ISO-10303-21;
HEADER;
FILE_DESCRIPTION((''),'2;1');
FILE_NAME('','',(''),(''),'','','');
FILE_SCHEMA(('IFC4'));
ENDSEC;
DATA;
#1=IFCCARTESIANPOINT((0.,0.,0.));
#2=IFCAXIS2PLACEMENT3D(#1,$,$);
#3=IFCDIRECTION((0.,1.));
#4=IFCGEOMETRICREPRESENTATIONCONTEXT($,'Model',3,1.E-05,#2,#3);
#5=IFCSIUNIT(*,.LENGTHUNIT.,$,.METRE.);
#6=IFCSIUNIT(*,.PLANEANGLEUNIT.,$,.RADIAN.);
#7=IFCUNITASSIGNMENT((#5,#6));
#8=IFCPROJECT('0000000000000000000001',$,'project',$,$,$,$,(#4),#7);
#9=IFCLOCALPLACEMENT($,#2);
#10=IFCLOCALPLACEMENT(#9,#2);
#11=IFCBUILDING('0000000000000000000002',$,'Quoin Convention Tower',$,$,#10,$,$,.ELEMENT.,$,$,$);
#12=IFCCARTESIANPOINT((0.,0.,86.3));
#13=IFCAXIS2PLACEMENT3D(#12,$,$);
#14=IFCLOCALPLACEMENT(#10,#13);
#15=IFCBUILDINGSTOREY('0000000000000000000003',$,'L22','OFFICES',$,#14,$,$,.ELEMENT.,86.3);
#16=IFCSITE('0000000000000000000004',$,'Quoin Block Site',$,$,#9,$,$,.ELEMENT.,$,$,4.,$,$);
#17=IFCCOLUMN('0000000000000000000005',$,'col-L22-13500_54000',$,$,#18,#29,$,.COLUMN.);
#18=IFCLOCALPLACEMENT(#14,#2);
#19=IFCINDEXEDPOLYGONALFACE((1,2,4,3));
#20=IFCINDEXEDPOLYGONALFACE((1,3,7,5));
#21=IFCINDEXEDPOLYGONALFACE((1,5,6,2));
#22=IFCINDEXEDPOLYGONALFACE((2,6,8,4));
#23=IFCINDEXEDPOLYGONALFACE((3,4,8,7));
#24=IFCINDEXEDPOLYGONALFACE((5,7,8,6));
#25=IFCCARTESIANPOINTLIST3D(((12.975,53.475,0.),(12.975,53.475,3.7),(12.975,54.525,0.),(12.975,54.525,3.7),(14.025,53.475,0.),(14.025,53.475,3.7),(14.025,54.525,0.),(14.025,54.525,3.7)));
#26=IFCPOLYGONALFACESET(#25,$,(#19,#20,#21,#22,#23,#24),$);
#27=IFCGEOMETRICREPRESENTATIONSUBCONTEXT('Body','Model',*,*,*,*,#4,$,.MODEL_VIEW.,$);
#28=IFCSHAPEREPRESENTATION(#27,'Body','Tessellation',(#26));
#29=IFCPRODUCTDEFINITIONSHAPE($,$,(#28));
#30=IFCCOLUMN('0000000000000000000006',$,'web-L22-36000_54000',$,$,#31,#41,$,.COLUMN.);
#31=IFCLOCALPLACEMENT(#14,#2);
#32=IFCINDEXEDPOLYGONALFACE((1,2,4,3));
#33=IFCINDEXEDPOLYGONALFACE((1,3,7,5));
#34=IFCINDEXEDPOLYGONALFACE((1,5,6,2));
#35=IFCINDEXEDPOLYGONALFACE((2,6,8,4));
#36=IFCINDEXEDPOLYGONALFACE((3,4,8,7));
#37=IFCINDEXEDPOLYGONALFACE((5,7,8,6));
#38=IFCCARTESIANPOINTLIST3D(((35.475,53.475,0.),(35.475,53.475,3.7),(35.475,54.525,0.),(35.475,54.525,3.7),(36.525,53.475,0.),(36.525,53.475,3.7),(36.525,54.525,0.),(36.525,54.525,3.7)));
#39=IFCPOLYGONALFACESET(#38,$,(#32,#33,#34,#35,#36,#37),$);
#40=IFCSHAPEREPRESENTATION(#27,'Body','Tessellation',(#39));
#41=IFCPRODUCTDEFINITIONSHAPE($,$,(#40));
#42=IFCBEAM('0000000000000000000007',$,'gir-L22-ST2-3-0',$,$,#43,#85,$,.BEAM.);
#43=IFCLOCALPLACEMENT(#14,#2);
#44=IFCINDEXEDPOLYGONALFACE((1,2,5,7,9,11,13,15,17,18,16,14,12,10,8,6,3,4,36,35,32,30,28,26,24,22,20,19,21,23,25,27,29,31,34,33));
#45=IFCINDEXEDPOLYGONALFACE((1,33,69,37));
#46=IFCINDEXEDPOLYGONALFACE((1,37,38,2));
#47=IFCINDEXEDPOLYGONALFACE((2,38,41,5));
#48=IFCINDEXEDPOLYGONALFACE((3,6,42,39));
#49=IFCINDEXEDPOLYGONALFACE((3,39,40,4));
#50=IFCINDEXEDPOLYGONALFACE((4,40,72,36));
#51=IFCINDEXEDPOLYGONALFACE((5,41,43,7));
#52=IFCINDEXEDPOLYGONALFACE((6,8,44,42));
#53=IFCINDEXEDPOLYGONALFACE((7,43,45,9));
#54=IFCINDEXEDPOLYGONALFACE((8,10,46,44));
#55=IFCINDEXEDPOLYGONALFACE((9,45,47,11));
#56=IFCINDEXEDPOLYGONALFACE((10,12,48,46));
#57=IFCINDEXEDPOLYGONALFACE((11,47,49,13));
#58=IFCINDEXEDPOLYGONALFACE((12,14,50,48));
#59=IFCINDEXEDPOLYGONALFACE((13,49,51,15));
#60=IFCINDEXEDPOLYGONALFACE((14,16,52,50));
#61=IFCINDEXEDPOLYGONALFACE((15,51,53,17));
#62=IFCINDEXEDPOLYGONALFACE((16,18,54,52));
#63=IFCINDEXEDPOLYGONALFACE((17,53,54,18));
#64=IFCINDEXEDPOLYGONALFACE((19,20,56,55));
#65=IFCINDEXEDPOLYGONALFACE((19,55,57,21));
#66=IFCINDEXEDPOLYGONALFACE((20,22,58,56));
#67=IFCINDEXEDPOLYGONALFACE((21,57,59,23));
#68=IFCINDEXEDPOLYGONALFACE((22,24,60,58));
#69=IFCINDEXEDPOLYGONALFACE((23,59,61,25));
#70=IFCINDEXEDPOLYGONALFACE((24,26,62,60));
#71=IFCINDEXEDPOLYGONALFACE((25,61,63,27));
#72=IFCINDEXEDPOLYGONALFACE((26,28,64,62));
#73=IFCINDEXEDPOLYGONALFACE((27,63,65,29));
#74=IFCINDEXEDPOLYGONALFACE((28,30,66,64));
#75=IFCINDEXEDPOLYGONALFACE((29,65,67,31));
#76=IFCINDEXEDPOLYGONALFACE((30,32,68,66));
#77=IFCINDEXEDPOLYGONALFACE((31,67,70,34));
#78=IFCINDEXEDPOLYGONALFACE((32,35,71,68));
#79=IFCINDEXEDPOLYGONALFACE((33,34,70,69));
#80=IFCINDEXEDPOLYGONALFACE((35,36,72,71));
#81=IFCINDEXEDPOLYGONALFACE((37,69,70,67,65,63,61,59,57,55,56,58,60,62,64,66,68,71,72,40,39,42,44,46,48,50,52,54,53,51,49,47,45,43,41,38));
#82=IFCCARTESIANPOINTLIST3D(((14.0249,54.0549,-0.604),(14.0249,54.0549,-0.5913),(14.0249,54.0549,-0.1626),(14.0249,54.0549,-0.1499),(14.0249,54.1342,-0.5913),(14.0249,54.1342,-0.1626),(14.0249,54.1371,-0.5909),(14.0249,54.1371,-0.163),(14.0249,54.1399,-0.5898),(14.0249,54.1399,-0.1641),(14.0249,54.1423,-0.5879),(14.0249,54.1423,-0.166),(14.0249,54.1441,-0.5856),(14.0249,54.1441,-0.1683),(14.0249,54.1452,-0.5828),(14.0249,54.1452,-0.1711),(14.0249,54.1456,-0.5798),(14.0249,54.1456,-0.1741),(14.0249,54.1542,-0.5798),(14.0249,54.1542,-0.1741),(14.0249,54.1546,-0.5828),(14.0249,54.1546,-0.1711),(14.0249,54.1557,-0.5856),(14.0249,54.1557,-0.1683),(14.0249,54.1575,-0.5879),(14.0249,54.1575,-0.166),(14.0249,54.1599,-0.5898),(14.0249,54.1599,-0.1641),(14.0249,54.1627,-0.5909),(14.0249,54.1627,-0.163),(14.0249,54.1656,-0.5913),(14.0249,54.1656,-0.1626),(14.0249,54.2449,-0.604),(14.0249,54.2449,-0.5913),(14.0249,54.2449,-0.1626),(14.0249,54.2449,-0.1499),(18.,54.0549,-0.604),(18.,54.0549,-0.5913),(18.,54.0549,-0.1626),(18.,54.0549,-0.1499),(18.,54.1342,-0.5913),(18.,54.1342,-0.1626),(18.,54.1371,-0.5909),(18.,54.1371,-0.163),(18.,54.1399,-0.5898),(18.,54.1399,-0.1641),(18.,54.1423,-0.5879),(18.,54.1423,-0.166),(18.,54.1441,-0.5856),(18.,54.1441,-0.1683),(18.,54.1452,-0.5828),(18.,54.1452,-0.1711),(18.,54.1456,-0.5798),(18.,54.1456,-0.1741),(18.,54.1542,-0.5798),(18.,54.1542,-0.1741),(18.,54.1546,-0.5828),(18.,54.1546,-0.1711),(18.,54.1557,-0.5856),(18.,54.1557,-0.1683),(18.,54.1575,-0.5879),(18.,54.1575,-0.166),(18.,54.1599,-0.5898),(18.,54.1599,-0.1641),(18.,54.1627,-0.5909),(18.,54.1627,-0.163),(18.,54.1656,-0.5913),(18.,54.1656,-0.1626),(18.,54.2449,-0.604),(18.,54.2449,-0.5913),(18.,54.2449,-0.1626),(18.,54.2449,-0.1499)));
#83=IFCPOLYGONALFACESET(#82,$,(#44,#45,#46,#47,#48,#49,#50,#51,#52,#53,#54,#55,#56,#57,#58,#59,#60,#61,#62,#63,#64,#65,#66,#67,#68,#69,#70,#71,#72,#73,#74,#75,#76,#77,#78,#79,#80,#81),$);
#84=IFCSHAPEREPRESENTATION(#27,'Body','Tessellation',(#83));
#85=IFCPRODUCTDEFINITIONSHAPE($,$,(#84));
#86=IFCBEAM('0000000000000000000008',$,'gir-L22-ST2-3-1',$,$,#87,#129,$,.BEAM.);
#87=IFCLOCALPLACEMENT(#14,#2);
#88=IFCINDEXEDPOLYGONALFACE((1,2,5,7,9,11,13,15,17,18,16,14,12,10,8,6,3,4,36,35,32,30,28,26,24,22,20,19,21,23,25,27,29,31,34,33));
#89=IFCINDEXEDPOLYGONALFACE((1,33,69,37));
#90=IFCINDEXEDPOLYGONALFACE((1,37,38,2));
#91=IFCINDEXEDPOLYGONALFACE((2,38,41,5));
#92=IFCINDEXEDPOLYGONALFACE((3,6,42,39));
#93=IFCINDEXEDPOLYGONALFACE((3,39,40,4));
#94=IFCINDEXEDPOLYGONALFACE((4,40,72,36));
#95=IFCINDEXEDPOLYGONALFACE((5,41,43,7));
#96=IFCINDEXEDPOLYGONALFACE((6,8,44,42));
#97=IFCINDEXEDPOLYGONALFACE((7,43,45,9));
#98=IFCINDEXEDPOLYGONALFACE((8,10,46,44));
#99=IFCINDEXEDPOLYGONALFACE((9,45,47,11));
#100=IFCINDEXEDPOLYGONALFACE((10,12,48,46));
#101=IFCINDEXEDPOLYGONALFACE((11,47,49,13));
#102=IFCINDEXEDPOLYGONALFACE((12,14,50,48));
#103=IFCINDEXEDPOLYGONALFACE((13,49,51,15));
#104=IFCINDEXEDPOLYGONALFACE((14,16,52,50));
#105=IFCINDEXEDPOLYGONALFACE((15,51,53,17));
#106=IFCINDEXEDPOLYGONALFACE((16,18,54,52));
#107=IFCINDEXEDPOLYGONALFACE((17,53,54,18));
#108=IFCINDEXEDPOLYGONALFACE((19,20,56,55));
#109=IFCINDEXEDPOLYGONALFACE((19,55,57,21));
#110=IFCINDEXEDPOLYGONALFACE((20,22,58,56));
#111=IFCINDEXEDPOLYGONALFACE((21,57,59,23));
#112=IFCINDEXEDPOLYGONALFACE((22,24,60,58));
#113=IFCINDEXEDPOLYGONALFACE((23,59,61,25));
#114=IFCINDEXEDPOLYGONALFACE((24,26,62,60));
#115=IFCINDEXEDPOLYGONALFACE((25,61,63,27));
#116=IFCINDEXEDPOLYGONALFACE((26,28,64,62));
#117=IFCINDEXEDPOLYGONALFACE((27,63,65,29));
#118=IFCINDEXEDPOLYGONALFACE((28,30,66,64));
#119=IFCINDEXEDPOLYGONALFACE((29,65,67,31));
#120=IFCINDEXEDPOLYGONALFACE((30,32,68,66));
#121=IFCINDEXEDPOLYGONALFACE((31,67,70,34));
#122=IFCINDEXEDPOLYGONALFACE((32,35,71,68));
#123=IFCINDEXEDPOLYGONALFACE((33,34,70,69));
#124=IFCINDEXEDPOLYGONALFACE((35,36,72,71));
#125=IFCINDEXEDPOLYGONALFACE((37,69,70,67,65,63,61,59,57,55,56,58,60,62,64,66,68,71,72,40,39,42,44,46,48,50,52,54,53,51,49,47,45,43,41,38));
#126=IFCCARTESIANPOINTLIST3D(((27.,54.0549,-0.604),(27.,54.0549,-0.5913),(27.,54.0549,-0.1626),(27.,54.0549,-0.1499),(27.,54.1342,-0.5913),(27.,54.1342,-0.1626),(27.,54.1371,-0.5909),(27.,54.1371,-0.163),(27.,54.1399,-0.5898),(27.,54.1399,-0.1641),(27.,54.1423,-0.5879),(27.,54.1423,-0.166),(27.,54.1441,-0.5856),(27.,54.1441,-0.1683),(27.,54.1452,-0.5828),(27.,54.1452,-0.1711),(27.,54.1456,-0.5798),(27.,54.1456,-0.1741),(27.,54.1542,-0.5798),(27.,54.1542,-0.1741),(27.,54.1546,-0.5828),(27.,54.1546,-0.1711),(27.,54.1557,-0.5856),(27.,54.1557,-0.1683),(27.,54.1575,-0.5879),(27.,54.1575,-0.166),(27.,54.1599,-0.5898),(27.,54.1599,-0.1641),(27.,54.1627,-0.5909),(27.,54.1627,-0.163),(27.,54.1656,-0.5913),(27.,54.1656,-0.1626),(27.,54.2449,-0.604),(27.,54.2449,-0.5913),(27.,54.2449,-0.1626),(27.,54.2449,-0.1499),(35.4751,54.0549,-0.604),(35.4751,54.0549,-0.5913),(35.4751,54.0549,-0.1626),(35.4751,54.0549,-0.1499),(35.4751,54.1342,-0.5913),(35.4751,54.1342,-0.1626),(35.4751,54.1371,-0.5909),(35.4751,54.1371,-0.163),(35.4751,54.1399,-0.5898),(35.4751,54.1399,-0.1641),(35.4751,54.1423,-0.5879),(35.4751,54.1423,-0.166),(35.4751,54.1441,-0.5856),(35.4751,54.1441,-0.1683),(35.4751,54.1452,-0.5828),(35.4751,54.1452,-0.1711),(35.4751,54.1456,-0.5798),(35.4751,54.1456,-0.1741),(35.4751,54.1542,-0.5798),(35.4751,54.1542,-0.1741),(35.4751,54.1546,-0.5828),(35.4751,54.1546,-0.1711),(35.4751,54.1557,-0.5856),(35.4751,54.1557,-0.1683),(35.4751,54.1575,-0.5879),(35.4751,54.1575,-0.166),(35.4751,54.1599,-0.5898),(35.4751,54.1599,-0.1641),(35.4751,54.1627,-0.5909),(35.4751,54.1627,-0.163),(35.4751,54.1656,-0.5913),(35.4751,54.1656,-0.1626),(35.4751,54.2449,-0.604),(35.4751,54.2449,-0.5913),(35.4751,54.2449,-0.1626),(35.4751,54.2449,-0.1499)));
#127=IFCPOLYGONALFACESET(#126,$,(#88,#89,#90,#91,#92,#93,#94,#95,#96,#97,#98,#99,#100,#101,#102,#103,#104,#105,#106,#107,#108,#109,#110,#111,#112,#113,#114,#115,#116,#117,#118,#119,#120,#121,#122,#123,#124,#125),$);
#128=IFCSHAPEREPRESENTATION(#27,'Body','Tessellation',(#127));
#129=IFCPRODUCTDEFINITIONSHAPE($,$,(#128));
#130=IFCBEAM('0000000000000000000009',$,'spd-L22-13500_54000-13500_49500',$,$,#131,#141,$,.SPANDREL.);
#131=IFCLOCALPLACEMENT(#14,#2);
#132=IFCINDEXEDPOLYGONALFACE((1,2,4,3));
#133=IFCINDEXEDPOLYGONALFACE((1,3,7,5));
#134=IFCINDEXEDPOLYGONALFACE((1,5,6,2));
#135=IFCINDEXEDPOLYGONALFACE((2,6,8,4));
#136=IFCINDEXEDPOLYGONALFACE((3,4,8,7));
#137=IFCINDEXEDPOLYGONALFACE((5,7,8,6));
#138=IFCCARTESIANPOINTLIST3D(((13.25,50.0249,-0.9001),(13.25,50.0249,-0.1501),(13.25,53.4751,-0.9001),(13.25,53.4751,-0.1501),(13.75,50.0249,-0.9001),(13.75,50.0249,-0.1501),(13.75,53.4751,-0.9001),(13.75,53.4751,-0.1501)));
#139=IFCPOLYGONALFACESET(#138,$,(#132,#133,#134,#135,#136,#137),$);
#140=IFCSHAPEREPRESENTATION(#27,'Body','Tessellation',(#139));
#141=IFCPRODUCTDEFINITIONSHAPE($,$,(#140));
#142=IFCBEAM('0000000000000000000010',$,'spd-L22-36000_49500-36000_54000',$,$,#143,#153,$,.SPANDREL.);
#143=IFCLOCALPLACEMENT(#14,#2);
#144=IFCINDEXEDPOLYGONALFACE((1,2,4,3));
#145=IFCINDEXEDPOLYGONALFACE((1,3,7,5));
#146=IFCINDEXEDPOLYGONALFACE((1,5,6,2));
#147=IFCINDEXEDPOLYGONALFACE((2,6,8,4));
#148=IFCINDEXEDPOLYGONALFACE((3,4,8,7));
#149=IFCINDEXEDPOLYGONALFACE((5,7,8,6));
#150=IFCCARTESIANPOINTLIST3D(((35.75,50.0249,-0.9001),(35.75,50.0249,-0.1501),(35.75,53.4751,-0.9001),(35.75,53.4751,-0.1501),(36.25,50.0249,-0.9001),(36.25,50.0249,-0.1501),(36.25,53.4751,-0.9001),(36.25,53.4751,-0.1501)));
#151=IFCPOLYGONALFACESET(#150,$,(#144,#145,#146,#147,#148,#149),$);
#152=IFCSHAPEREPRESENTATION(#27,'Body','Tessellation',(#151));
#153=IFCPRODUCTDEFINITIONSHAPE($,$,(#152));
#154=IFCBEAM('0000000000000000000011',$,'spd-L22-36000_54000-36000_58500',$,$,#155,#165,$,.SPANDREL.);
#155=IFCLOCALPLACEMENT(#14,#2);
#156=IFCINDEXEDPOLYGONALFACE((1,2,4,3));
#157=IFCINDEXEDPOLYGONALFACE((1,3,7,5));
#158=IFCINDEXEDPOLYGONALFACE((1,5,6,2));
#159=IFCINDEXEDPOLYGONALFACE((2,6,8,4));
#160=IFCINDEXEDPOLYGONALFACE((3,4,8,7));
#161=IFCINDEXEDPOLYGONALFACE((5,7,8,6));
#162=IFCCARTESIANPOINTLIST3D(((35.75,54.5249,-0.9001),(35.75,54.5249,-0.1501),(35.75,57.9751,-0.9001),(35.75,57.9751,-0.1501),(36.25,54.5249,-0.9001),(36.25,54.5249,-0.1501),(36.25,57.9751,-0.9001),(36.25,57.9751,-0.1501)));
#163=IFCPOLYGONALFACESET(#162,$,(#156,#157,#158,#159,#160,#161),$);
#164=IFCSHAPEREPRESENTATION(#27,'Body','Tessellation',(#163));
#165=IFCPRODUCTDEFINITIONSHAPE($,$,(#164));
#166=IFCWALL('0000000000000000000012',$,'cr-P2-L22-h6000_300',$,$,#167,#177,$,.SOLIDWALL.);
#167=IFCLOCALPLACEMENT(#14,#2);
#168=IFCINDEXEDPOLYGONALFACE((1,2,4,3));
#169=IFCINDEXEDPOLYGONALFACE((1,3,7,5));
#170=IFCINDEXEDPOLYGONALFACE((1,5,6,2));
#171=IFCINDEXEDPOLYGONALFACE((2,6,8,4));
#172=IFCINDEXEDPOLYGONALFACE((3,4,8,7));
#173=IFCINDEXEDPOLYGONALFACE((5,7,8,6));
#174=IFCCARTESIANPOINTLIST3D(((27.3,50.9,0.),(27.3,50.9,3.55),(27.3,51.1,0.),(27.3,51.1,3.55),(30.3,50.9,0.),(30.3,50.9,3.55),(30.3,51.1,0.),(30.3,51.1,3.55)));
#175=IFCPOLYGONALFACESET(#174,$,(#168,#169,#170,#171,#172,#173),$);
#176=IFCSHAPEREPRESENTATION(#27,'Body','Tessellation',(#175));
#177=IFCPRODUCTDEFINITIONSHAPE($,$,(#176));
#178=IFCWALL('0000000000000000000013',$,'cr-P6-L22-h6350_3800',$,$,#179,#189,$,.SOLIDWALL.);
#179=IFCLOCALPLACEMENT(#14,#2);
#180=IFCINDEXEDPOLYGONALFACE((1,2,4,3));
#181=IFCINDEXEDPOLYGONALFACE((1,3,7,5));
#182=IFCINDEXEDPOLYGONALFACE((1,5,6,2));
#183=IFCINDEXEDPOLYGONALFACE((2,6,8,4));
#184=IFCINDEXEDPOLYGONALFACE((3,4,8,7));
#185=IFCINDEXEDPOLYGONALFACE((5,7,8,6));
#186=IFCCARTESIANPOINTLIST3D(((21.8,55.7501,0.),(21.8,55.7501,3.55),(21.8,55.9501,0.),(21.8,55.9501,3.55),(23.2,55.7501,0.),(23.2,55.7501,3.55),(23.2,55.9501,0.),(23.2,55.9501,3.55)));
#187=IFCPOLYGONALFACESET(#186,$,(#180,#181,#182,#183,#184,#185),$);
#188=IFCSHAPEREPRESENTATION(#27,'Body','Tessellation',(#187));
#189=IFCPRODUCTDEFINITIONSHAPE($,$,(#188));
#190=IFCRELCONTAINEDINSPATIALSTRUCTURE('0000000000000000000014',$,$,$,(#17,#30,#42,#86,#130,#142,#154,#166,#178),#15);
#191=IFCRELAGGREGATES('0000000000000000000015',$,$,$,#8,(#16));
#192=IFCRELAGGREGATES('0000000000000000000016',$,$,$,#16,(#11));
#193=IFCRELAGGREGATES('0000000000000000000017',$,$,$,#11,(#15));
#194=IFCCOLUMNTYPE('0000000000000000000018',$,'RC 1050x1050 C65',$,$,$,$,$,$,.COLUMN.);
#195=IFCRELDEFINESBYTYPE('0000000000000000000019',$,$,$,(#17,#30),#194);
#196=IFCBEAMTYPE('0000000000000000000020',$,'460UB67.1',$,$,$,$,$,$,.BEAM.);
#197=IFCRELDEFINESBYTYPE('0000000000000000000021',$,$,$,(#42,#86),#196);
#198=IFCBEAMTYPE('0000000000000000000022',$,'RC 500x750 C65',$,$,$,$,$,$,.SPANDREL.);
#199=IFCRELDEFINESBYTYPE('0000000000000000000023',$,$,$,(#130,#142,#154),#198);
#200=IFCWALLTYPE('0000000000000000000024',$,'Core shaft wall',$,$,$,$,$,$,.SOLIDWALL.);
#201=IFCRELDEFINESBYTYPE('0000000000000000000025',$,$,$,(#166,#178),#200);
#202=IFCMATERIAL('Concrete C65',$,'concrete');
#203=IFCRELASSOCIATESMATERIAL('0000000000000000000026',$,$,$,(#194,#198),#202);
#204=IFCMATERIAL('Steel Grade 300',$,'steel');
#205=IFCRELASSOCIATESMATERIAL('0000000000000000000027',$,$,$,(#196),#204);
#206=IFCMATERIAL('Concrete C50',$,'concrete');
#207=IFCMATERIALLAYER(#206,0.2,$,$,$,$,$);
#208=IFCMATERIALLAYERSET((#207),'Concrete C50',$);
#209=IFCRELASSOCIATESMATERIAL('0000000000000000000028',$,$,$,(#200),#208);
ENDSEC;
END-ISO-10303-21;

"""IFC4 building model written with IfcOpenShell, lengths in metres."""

from ifc_helpers import new_model, si_unit, direction, frame, frame_2d, origin, origin_2d, place, context, subcontext, project, spatial, rectangle, i_section, extrude, material, layer, layer_set, material_profile, profile_set, type_object, element, save


model = new_model("IFC4")

# Units and contexts
model_context = context("Model", 3, precision=1e-05, world=origin(), true_north=direction((0.0, 1.0)))
body_context = subcontext(model_context, "Body", "Model", "MODEL_VIEW")
ifc_project = project(units=[si_unit("LENGTHUNIT", "METRE"), si_unit("PLANEANGLEUNIT", "RADIAN")], contexts=[model_context])

# Site, building, storey
site_placement = place(None, origin())
site = spatial("IfcSite", under=ifc_project, at=site_placement, Name="Quoin Block Site", CompositionType="ELEMENT", RefElevation=4.0)
building_placement = place(site_placement, origin())
building = spatial("IfcBuilding", under=site, at=building_placement, Name="Quoin Convention Tower", CompositionType="ELEMENT")
storey_placement = place(building_placement, frame((0.0, 0.0, 86.3)))
storey = spatial("IfcBuildingStorey", under=building, at=storey_placement, Name="L22", Description="OFFICES", CompositionType="ELEMENT", Elevation=86.3)

# Columns
ifc_material_1 = material(Name="Concrete C65", Category="concrete")
ifc_material_profile_1 = material_profile(ifc_material_1, rectangle(XDim=1.05, YDim=1.05, at=origin_2d()), Name="RC 1050x1050")
ifc_profile_set_1 = profile_set([ifc_material_profile_1], Name="Concrete C65")
column_type = type_object("IfcColumnType", Name="RC 1050x1050 C65", PredefinedType="COLUMN", material=ifc_profile_set_1)
for number, where, z_axis, x_axis, name in (
    (1, (13.5, 54.0, 0.0), (0.0, 0.0, 1.0), (1.0, 0.0, 0.0), "col-L22-13500_54000"),
    (2, (36.0, 54.0, 0.0), (0.0, 0.0, 1.0), (1.0, 0.0, 0.0), "web-L22-36000_54000"),
):
    element("IfcColumn", number, at=place(storey_placement, frame(where, z_axis=z_axis, x_axis=x_axis)), inside=storey, type_object=column_type, Name=name, PredefinedType="COLUMN", context=body_context, shape_type="SweptSolid", body=[
        extrude(rectangle(XDim=1.05, YDim=1.05, at=origin_2d()), origin(), (0.0, 0.0, 1.0), 3.7),
    ])

# Beams
ifc_material_2 = material(Name="Steel Grade 300", Category="steel")
ifc_material_profile_2 = material_profile(ifc_material_2, i_section(OverallWidth=0.1899, OverallDepth=0.4541, WebThickness=0.0085, FlangeThickness=0.0127, FilletRadius=0.0115, at=origin_2d()), Name="460UB67.1")
ifc_profile_set_2 = profile_set([ifc_material_profile_2], Name="Steel Grade 300")
beam_type_1 = type_object("IfcBeamType", Name="460UB67.1", PredefinedType="BEAM", material=ifc_profile_set_2)
beam_1_placement = place(storey_placement, frame((14.0249, 54.1499, -0.377), z_axis=(1.0, 0.0, 0.0), x_axis=(0.0, 1.0, 0.0)))
element("IfcBeam", 3, at=beam_1_placement, inside=storey, type_object=beam_type_1, Name="gir-L22-ST2-3-0", PredefinedType="BEAM", context=body_context, shape_type="SweptSolid", body=[
    extrude(i_section(OverallWidth=0.1899, OverallDepth=0.4541, WebThickness=0.0085, FlangeThickness=0.0127, FilletRadius=0.0115, at=origin_2d()), origin(), (0.0, 0.0, 1.0), 3.9751),
])
beam_2_placement = place(storey_placement, frame((27.0, 54.1499, -0.377), z_axis=(1.0, 0.0, 0.0), x_axis=(0.0, 1.0, 0.0)))
element("IfcBeam", 4, at=beam_2_placement, inside=storey, type_object=beam_type_1, Name="gir-L22-ST2-3-1", PredefinedType="BEAM", context=body_context, shape_type="SweptSolid", body=[
    extrude(i_section(OverallWidth=0.1899, OverallDepth=0.4541, WebThickness=0.0085, FlangeThickness=0.0127, FilletRadius=0.0115, at=origin_2d()), origin(), (0.0, 0.0, 1.0), 8.4751),
])
ifc_material_profile_3 = material_profile(ifc_material_1, rectangle(XDim=0.5, YDim=0.75, at=origin_2d()), Name="RC 500x750")
ifc_profile_set_3 = profile_set([ifc_material_profile_3], Name="Concrete C65")
beam_type_2 = type_object("IfcBeamType", Name="RC 500x750 C65", PredefinedType="SPANDREL", material=ifc_profile_set_3)
for number, where, z_axis, x_axis, name in (
    (5, (13.5, 53.4751, -0.5251), (0.0, -1.0, 0.0), (1.0, 0.0, 0.0), "spd-L22-13500_54000-13500_49500"),
    (6, (36.0, 50.0249, -0.5251), (0.0, 1.0, 0.0), (-1.0, 0.0, 0.0), "spd-L22-36000_49500-36000_54000"),
    (7, (36.0, 54.5249, -0.5251), (0.0, 1.0, 0.0), (-1.0, 0.0, 0.0), "spd-L22-36000_54000-36000_58500"),
):
    element("IfcBeam", number, at=place(storey_placement, frame(where, z_axis=z_axis, x_axis=x_axis)), inside=storey, type_object=beam_type_2, Name=name, PredefinedType="SPANDREL", context=body_context, shape_type="SweptSolid", body=[
        extrude(rectangle(XDim=0.5, YDim=0.75, at=origin_2d()), origin(), (0.0, 0.0, 1.0), 3.4502),
    ])

# Walls
ifc_material_3 = material(Name="Concrete C50", Category="concrete")
ifc_layer_1 = layer(ifc_material_3, 0.2)
ifc_layer_set_1 = layer_set([ifc_layer_1], Name="Concrete C50")
wall_type_1 = type_object("IfcWallType", Name="Core shaft wall", PredefinedType="SOLIDWALL", material=ifc_layer_set_1)
wall_1_placement = place(storey_placement, frame((27.3, 51.0, 0.0), z_axis=(0.0, 0.0, 1.0), x_axis=(1.0, 0.0, 0.0)))
element("IfcWall", 8, at=wall_1_placement, inside=storey, type_object=wall_type_1, Name="cr-P2-L22-h6000_300", PredefinedType="SOLIDWALL", context=body_context, shape_type="SweptSolid", body=[
    extrude(rectangle(XDim=3.0, YDim=0.2, at=frame_2d((1.5, 0.0))), origin(), (0.0, 0.0, 1.0), 3.55),
])
wall_2_placement = place(storey_placement, frame((21.8, 55.8501, 0.0), z_axis=(0.0, 0.0, 1.0), x_axis=(1.0, 0.0, 0.0)))
element("IfcWall", 9, at=wall_2_placement, inside=storey, type_object=wall_type_1, Name="cr-P6-L22-h6350_3800", PredefinedType="SOLIDWALL", context=body_context, shape_type="SweptSolid", body=[
    extrude(rectangle(XDim=1.3999, YDim=0.2, at=frame_2d((0.7, 0.0))), origin(), (0.0, 0.0, 1.0), 3.55),
])

save(model, "model.ifc")
